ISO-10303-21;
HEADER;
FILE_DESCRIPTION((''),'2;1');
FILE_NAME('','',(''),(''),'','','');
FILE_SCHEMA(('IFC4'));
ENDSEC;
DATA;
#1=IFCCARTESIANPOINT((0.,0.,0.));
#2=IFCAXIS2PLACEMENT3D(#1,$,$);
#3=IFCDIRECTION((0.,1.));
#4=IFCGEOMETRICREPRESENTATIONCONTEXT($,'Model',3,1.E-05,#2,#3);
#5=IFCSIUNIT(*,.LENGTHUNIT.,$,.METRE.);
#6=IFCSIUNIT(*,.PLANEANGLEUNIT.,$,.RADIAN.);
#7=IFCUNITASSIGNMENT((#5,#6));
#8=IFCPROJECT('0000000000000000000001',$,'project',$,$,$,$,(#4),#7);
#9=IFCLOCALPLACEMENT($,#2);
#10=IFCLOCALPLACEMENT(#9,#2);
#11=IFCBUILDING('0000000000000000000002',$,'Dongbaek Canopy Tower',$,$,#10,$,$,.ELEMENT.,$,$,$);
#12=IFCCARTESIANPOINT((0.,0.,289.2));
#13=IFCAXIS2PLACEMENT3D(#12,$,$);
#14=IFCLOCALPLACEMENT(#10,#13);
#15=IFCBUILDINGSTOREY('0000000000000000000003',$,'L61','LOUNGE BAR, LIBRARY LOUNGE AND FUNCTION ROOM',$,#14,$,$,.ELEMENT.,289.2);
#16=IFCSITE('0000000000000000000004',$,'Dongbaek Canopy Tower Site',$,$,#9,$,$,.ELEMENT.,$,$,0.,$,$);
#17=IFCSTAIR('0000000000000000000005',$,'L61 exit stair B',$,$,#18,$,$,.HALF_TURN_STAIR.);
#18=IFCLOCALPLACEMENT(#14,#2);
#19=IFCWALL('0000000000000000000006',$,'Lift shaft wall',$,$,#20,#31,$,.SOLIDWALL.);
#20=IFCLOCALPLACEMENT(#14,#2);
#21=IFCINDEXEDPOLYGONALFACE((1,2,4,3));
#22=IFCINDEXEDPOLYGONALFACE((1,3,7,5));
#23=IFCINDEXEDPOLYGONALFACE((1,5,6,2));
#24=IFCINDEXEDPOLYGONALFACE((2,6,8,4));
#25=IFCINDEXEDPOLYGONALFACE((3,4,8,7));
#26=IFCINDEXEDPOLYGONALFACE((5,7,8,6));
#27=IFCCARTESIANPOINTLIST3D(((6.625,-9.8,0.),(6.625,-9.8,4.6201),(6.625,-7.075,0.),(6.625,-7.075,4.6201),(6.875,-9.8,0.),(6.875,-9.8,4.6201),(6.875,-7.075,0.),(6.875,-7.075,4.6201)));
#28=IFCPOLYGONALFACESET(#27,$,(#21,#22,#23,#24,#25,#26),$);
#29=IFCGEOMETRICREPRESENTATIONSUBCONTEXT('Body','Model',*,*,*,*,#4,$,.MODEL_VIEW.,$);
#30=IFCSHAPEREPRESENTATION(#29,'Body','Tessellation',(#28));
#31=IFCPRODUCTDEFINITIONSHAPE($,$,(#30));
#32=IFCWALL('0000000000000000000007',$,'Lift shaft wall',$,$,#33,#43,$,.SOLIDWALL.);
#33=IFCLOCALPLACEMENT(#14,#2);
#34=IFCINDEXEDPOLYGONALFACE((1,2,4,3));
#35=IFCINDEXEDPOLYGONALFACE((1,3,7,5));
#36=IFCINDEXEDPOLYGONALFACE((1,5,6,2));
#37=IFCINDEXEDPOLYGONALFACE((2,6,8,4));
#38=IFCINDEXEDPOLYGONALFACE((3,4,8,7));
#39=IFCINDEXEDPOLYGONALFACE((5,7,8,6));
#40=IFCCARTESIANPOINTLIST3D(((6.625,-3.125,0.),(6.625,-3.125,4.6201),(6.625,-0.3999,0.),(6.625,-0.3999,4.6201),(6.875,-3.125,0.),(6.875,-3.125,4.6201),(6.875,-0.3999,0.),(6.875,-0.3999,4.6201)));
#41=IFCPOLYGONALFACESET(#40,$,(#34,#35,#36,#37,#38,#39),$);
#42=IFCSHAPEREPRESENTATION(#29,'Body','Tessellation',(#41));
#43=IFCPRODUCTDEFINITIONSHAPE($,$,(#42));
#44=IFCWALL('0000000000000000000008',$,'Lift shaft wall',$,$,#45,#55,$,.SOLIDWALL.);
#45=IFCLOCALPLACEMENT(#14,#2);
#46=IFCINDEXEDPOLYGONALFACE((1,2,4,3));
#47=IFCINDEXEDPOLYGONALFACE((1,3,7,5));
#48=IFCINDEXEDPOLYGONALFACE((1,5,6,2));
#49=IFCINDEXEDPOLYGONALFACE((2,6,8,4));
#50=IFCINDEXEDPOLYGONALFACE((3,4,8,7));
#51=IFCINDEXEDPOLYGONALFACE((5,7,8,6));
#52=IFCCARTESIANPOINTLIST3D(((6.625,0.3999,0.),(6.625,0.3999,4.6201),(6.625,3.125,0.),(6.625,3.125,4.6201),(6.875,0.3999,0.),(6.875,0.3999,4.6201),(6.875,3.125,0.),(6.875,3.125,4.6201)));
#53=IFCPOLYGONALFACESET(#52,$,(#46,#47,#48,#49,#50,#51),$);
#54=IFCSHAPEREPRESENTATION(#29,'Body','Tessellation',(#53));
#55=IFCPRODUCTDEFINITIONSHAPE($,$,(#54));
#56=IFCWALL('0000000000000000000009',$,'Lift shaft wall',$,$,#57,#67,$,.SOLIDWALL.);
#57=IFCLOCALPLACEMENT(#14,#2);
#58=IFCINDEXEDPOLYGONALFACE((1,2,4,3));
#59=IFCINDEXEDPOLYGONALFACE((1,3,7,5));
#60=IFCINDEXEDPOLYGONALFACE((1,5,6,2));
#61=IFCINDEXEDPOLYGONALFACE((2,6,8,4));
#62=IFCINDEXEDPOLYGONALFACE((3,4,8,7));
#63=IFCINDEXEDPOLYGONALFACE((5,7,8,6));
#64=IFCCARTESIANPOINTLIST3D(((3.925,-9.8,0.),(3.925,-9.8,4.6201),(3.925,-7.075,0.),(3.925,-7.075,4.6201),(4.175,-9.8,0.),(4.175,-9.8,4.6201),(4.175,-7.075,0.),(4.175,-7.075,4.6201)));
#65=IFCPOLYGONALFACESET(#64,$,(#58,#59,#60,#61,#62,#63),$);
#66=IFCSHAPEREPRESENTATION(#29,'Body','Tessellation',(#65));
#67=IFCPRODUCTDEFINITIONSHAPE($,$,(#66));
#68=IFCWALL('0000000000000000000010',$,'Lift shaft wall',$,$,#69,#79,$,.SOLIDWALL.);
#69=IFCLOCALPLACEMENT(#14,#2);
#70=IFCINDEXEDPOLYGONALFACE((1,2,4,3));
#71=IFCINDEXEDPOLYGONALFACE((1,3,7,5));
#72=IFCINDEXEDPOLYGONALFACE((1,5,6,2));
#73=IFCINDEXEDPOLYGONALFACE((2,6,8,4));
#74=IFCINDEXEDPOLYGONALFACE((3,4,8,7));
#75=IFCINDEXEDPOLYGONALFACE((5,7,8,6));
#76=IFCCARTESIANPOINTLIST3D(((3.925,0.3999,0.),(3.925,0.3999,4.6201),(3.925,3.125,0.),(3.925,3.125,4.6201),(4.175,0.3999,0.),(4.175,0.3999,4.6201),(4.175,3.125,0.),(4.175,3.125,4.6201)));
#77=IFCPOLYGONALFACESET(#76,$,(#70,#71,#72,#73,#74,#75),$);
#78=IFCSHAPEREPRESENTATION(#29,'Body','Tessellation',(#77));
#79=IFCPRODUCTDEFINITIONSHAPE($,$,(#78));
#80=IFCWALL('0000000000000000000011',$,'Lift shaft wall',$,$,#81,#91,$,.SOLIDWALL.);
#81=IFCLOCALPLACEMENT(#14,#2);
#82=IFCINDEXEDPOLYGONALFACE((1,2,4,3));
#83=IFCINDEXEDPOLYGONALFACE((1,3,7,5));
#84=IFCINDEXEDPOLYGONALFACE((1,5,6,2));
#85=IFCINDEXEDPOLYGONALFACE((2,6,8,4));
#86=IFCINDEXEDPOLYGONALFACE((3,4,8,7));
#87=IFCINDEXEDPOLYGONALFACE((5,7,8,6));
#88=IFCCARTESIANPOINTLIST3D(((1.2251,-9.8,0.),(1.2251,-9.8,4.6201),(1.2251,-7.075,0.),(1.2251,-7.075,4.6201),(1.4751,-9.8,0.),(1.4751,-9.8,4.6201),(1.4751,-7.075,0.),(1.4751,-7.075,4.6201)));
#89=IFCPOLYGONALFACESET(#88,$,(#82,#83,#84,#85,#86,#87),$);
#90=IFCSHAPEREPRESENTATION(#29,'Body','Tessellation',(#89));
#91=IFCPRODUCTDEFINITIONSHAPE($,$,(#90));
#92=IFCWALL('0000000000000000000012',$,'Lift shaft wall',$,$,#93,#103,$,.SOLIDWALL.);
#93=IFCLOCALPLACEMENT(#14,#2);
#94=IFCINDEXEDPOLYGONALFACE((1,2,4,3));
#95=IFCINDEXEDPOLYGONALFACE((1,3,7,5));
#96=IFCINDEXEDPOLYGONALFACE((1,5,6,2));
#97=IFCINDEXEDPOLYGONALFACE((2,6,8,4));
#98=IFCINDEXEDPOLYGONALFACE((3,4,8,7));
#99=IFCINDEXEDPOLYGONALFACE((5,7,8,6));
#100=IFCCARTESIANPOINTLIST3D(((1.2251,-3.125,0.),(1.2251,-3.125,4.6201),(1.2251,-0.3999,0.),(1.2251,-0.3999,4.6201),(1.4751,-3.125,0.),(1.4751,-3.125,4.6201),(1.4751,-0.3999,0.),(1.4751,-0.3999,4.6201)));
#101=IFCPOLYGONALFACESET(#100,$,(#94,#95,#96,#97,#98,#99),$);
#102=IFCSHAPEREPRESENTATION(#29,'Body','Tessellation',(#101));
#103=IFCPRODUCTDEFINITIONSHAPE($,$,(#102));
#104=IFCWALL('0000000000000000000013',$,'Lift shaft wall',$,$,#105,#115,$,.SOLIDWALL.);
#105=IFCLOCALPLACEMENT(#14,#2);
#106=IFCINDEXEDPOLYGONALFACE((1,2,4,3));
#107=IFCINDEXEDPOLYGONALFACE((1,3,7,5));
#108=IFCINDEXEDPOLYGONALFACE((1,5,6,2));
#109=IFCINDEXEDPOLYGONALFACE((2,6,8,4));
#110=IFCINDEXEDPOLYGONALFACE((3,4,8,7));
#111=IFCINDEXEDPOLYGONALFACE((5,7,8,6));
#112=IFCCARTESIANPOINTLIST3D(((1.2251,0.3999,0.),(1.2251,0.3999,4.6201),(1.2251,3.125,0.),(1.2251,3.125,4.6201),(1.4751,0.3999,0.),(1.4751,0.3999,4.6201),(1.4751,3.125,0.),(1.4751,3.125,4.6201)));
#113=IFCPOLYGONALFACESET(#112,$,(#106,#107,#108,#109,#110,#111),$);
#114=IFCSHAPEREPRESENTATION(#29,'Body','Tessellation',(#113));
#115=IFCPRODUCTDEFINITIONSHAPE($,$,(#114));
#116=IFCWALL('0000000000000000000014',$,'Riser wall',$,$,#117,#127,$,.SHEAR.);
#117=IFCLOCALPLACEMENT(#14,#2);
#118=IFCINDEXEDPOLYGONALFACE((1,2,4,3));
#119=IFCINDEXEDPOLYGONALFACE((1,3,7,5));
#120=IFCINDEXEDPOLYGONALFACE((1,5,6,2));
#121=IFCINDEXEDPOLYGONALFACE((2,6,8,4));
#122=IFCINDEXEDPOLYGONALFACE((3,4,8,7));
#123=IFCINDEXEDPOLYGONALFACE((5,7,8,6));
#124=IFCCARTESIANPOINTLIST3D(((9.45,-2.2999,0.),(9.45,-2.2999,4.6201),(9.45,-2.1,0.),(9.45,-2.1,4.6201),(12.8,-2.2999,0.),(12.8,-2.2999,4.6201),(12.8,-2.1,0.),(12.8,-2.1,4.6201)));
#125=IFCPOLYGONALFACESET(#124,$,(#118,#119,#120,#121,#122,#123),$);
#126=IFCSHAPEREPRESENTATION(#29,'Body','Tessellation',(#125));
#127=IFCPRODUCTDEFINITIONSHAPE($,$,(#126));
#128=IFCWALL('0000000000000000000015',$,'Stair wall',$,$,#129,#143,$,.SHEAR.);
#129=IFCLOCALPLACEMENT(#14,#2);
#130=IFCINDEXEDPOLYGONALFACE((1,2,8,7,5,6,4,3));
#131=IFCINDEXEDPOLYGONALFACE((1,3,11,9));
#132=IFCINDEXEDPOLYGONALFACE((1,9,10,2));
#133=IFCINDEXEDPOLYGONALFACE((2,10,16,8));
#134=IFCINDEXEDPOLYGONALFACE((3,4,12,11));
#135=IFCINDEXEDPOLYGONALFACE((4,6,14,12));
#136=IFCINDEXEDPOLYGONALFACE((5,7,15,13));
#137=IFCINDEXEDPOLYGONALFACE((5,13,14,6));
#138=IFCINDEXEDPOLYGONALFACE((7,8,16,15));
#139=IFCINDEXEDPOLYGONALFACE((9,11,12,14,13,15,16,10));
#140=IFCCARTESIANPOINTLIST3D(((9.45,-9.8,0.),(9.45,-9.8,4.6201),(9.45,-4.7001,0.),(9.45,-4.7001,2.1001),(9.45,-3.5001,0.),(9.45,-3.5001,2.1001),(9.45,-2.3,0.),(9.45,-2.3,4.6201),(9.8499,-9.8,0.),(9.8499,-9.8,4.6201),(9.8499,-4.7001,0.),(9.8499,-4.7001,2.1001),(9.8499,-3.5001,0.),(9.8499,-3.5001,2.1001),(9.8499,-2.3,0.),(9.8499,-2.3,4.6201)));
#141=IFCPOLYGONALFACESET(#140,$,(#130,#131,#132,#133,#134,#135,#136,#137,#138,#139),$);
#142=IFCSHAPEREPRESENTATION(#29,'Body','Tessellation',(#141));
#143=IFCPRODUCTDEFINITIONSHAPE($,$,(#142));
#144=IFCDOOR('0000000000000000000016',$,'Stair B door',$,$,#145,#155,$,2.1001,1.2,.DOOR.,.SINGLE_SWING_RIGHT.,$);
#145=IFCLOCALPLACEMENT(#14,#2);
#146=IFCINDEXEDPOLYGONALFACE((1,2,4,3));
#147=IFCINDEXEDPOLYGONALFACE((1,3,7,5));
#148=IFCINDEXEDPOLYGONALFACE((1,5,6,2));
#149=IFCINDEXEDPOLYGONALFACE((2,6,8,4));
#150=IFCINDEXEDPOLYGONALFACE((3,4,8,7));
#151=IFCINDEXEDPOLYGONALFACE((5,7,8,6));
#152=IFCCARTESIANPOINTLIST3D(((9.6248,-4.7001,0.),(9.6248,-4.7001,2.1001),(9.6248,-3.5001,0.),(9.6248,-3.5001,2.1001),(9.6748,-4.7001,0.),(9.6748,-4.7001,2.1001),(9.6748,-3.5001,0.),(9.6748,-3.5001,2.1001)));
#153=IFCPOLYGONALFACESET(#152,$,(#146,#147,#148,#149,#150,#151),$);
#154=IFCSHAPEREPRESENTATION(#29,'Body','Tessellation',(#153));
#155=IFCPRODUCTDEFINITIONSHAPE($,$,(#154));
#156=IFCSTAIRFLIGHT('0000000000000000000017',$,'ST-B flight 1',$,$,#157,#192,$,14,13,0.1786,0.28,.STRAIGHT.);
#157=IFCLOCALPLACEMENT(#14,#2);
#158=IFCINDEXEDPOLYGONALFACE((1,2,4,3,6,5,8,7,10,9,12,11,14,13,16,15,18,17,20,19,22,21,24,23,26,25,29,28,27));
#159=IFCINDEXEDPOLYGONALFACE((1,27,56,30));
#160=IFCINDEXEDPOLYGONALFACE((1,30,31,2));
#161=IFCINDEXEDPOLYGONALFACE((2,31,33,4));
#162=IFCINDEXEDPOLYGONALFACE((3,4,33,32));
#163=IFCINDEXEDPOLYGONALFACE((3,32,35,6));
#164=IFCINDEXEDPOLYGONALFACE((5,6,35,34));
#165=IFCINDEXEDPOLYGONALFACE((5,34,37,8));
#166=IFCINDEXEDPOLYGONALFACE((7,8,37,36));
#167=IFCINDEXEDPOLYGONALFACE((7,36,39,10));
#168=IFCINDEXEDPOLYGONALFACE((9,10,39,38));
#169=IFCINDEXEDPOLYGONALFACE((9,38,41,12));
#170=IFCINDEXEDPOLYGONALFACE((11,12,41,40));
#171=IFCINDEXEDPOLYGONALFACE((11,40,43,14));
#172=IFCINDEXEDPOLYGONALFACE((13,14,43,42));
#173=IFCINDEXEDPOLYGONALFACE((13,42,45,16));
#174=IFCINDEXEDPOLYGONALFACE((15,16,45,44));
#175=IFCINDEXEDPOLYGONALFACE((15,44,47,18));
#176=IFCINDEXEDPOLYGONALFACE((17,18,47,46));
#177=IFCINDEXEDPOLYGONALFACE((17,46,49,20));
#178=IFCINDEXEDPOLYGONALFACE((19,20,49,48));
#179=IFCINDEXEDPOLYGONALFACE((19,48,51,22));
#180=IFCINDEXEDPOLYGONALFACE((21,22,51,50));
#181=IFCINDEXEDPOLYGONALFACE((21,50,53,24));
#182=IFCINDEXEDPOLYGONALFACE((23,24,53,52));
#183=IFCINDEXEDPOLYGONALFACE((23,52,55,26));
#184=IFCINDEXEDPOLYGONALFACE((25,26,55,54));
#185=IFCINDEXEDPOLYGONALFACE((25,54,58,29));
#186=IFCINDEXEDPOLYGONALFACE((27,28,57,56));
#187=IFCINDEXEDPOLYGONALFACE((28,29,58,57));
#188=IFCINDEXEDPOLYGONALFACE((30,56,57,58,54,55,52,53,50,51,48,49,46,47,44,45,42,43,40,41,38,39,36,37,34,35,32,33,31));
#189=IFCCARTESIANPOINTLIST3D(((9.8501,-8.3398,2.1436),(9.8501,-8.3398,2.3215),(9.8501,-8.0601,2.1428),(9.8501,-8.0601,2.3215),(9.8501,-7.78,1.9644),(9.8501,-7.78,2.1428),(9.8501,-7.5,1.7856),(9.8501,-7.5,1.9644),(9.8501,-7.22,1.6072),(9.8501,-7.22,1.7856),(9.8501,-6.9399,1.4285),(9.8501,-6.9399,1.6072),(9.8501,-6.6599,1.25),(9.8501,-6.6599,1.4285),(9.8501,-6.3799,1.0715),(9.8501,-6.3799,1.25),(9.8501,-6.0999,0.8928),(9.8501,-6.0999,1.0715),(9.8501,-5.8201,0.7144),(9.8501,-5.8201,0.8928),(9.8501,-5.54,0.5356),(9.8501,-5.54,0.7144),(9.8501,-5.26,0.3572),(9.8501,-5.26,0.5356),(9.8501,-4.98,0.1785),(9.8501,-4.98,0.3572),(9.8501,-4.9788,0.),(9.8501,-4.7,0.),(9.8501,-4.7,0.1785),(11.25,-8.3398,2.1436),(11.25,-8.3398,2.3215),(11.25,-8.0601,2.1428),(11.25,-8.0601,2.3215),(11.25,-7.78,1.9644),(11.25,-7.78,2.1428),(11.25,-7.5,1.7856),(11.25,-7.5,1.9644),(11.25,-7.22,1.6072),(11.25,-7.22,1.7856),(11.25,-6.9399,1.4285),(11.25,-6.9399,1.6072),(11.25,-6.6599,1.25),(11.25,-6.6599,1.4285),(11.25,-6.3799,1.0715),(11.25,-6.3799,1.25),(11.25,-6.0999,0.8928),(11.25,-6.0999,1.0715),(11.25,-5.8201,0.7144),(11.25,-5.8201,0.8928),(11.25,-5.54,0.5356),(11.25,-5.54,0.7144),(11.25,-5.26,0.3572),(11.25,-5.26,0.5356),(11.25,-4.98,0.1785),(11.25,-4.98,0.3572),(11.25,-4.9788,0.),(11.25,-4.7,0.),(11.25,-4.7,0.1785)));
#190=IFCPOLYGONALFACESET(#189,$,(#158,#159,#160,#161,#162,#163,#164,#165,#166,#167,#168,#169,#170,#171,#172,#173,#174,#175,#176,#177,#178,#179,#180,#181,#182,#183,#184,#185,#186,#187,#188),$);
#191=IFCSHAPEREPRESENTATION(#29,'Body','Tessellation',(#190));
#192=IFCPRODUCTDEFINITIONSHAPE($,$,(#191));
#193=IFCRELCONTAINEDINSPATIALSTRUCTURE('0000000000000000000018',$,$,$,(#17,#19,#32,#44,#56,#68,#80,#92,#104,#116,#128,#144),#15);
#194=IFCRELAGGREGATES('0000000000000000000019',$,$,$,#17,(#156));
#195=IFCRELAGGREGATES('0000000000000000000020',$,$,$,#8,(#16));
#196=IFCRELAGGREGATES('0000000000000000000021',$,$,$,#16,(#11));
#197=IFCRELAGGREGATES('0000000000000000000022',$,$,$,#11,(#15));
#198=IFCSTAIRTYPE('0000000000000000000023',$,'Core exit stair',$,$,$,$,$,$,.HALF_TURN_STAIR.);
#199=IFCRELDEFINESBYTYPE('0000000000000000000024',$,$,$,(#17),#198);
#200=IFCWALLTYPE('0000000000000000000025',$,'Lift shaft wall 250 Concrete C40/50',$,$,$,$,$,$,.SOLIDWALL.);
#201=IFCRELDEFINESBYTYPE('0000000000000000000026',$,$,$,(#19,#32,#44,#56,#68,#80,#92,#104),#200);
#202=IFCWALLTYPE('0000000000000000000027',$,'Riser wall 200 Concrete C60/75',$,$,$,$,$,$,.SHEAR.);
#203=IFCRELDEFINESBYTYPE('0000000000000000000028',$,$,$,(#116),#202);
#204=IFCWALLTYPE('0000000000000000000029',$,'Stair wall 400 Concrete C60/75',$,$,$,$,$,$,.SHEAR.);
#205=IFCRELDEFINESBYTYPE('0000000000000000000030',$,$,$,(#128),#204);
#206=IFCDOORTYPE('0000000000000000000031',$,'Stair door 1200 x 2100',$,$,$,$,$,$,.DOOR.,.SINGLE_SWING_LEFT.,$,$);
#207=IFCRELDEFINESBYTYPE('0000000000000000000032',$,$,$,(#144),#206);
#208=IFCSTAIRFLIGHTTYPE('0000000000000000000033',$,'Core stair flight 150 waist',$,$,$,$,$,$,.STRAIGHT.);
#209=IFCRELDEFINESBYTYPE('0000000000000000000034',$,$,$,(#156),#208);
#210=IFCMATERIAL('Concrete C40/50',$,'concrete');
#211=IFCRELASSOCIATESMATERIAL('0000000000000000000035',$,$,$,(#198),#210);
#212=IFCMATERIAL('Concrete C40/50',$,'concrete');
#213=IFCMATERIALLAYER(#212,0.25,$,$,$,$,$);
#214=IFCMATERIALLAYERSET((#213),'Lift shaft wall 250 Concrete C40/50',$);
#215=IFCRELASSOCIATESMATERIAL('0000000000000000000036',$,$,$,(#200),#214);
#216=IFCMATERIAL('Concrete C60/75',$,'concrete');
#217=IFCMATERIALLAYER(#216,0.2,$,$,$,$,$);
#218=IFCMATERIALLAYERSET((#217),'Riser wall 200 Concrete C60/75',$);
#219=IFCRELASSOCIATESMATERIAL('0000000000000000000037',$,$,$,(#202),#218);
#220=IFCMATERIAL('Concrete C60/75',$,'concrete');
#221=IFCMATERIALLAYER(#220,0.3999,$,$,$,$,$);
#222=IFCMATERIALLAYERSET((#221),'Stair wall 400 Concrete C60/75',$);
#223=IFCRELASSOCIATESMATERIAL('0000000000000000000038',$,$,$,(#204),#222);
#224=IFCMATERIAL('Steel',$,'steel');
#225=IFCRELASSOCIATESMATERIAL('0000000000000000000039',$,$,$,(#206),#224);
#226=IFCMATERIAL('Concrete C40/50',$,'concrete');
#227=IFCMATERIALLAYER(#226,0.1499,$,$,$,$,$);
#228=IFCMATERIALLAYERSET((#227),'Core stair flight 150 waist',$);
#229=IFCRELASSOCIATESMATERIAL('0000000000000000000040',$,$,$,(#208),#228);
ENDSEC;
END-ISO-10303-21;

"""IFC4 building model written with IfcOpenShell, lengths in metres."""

from ifc_helpers import new_model, si_unit, direction, frame, frame_2d, origin, place, context, subcontext, project, spatial, polyline, rectangle, outline, extrude, material, layer, layer_set, type_object, element, fill, aggregate, save


model = new_model("IFC4")

# Units and contexts
model_context = context("Model", 3, precision=1e-05, world=origin(), true_north=direction((0.0, 1.0)))
body_context = subcontext(model_context, "Body", "Model", "MODEL_VIEW")
ifc_project = project(units=[si_unit("LENGTHUNIT", "METRE"), si_unit("PLANEANGLEUNIT", "RADIAN")], contexts=[model_context])

# Site, building, storey
site_placement = place(None, origin())
site = spatial("IfcSite", under=ifc_project, at=site_placement, Name="Dongbaek Canopy Tower Site", CompositionType="ELEMENT", RefElevation=0.0)
building_placement = place(site_placement, origin())
building = spatial("IfcBuilding", under=site, at=building_placement, Name="Dongbaek Canopy Tower", CompositionType="ELEMENT")
storey_placement = place(building_placement, frame((0.0, 0.0, 289.2)))
storey = spatial("IfcBuildingStorey", under=building, at=storey_placement, Name="L61", Description="LOUNGE BAR, LIBRARY LOUNGE AND FUNCTION ROOM", CompositionType="ELEMENT", Elevation=289.2)

# Stair
ifc_material_1 = material(Name="Concrete C40/50", Category="concrete")
stair_type = type_object("IfcStairType", Name="Core exit stair", PredefinedType="HALF_TURN_STAIR", material=ifc_material_1)
stair_1_placement = place(storey_placement, origin())
stair_1 = element("IfcStair", 1, at=stair_1_placement, inside=storey, type_object=stair_type, Name="L61 exit stair B", PredefinedType="HALF_TURN_STAIR")

# Walls
ifc_material_2 = material(Name="Concrete C40/50", Category="concrete")
ifc_layer_1 = layer(ifc_material_2, 0.25)
ifc_layer_set_1 = layer_set([ifc_layer_1], Name="Lift shaft wall 250 Concrete C40/50")
wall_type_1 = type_object("IfcWallType", Name="Lift shaft wall 250 Concrete C40/50", PredefinedType="SOLIDWALL", material=ifc_layer_set_1)
for number, where, z_axis, x_axis, name in (
    (2, (6.75, -9.8, 0.0), (0.0, 0.0, 1.0), (0.0, 1.0, 0.0), "Lift shaft wall"),
    (3, (6.75, -3.125, 0.0), (0.0, 0.0, 1.0), (0.0, 1.0, 0.0), "Lift shaft wall"),
    (4, (6.75, 0.3999, 0.0), (0.0, 0.0, 1.0), (0.0, 1.0, 0.0), "Lift shaft wall"),
    (5, (4.05, -9.8, 0.0), (0.0, 0.0, 1.0), (0.0, 1.0, 0.0), "Lift shaft wall"),
    (6, (4.05, 0.3999, 0.0), (0.0, 0.0, 1.0), (0.0, 1.0, 0.0), "Lift shaft wall"),
    (7, (1.3501, -9.8, 0.0), (0.0, 0.0, 1.0), (0.0, 1.0, 0.0), "Lift shaft wall"),
    (8, (1.3501, -3.125, 0.0), (0.0, 0.0, 1.0), (0.0, 1.0, 0.0), "Lift shaft wall"),
    (9, (1.3501, 0.3999, 0.0), (0.0, 0.0, 1.0), (0.0, 1.0, 0.0), "Lift shaft wall"),
):
    element("IfcWall", number, at=place(storey_placement, frame(where, z_axis=z_axis, x_axis=x_axis)), inside=storey, type_object=wall_type_1, Name=name, PredefinedType="SOLIDWALL", context=body_context, shape_type="SweptSolid", body=[
        extrude(rectangle(XDim=2.7251, YDim=0.25, at=frame_2d((1.3625, 0.0))), origin(), (0.0, 0.0, 1.0), 4.6201),
    ])
ifc_material_3 = material(Name="Concrete C60/75", Category="concrete")
ifc_layer_2 = layer(ifc_material_3, 0.2)
ifc_layer_set_2 = layer_set([ifc_layer_2], Name="Riser wall 200 Concrete C60/75")
wall_type_2 = type_object("IfcWallType", Name="Riser wall 200 Concrete C60/75", PredefinedType="SHEAR", material=ifc_layer_set_2)
wall_1_placement = place(storey_placement, frame((9.45, -2.2, 0.0), z_axis=(0.0, 0.0, 1.0), x_axis=(1.0, 0.0, 0.0)))
element("IfcWall", 10, at=wall_1_placement, inside=storey, type_object=wall_type_2, Name="Riser wall", PredefinedType="SHEAR", context=body_context, shape_type="SweptSolid", body=[
    extrude(rectangle(XDim=3.3501, YDim=0.2, at=frame_2d((1.675, 0.0))), origin(), (0.0, 0.0, 1.0), 4.6201),
])

# Wall, opening, door
ifc_material_4 = material(Name="Concrete C60/75", Category="concrete")
ifc_layer_3 = layer(ifc_material_4, 0.3999)
ifc_layer_set_3 = layer_set([ifc_layer_3], Name="Stair wall 400 Concrete C60/75")
wall_type_3 = type_object("IfcWallType", Name="Stair wall 400 Concrete C60/75", PredefinedType="SHEAR", material=ifc_layer_set_3)
wall_2_placement = place(storey_placement, frame((9.6499, -2.3, 0.0), z_axis=(0.0, 0.0, 1.0), x_axis=(0.0, -1.0, 0.0)))
wall_2 = element("IfcWall", 11, at=wall_2_placement, inside=storey, type_object=wall_type_3, Name="Stair wall", PredefinedType="SHEAR", context=body_context, shape_type="SweptSolid", body=[
    extrude(rectangle(XDim=7.5, YDim=0.3999, at=frame_2d((3.75, 0.0))), origin(), (0.0, 0.0, 1.0), 4.6201),
])
opening_1_placement = place(wall_2_placement, frame((1.2, 0.0, 0.0)))
opening_1 = element("IfcOpeningElement", 12, at=opening_1_placement, cuts=wall_2, PredefinedType="OPENING", context=body_context, shape_type="SweptSolid", body=[
    extrude(rectangle(XDim=1.2, YDim=2.1001, at=frame_2d((0.6001, 1.05))), frame((0.0, 0.21, 0.0), z_axis=(0.0, -1.0, 0.0), x_axis=(1.0, 0.0, 0.0)), (0.0, 0.0, 1.0), 0.4199),
])
ifc_material_5 = material(Name="Steel", Category="steel")
door_type_1 = type_object("IfcDoorType", Name="Stair door 1200 x 2100", OperationType="SINGLE_SWING_LEFT", PredefinedType="DOOR", material=ifc_material_5)
door_1_placement = place(opening_1_placement, origin())
door_1 = element("IfcDoor", 13, at=door_1_placement, inside=storey, type_object=door_type_1, Name="Stair B door", OperationType="SINGLE_SWING_RIGHT", OverallHeight=2.1001, OverallWidth=1.2, PredefinedType="DOOR", context=body_context, shape_type="SweptSolid", body=[
    extrude(rectangle(XDim=1.2, YDim=2.1001, at=frame_2d((0.6001, 1.05))), frame((0.0, 0.0249, 0.0), z_axis=(0.0, -1.0, 0.0), x_axis=(1.0, 0.0, 0.0)), (0.0, 0.0, 1.0), 0.05),
])
fill(opening_1, door_1)

# Stair flight
ifc_material_6 = material(Name="Concrete C40/50", Category="concrete")
ifc_layer_4 = layer(ifc_material_6, 0.1499)
ifc_layer_set_4 = layer_set([ifc_layer_4], Name="Core stair flight 150 waist")
stair_flight_type = type_object("IfcStairFlightType", Name="Core stair flight 150 waist", PredefinedType="STRAIGHT", material=ifc_layer_set_4)
stair_flight_placement = place(storey_placement, frame((10.55, -4.7, 0.0), z_axis=(0.0, 0.0, 1.0), x_axis=(0.0, -1.0, 0.0)))
stair_flight = element("IfcStairFlight", 14, at=stair_flight_placement, type_object=stair_flight_type, Name="ST-B flight 1", NumberOfRisers=14, NumberOfTreads=13, PredefinedType="STRAIGHT", RiserHeight=0.1786, TreadLength=0.28, context=body_context, shape_type="SweptSolid", body=[
    extrude(outline(polyline([(0.0, 0.0), (0.0, 0.1785), (0.28, 0.1785), (0.28, 0.3572), (0.5601, 0.3572), (0.5601, 0.5356), (0.8401, 0.5356), (0.8401, 0.7144), (1.1201, 0.7144), (1.1201, 0.8928), (1.3999, 0.8928), (1.3999, 1.0715), (1.6799, 1.0715), (1.6799, 1.25), (1.96, 1.25), (1.96, 1.4285), (2.24, 1.4285), (2.24, 1.6072), (2.52, 1.6072), (2.52, 1.7856), (2.8, 1.7856), (2.8, 1.9644), (3.0801, 1.9644), (3.0801, 2.1428), (3.3601, 2.1428), (3.3601, 2.3215), (3.6399, 2.3215), (3.6399, 2.5), (3.6399, 2.1436), (0.2788, 0.0), (0.0, 0.0)])), frame((0.0, 0.7, 0.0), z_axis=(0.0, -1.0, 0.0), x_axis=(1.0, 0.0, 0.0)), (0.0, 0.0, 1.0), 1.3999),
])
aggregate(stair_1, [stair_flight])

save(model, "model.ifc")
